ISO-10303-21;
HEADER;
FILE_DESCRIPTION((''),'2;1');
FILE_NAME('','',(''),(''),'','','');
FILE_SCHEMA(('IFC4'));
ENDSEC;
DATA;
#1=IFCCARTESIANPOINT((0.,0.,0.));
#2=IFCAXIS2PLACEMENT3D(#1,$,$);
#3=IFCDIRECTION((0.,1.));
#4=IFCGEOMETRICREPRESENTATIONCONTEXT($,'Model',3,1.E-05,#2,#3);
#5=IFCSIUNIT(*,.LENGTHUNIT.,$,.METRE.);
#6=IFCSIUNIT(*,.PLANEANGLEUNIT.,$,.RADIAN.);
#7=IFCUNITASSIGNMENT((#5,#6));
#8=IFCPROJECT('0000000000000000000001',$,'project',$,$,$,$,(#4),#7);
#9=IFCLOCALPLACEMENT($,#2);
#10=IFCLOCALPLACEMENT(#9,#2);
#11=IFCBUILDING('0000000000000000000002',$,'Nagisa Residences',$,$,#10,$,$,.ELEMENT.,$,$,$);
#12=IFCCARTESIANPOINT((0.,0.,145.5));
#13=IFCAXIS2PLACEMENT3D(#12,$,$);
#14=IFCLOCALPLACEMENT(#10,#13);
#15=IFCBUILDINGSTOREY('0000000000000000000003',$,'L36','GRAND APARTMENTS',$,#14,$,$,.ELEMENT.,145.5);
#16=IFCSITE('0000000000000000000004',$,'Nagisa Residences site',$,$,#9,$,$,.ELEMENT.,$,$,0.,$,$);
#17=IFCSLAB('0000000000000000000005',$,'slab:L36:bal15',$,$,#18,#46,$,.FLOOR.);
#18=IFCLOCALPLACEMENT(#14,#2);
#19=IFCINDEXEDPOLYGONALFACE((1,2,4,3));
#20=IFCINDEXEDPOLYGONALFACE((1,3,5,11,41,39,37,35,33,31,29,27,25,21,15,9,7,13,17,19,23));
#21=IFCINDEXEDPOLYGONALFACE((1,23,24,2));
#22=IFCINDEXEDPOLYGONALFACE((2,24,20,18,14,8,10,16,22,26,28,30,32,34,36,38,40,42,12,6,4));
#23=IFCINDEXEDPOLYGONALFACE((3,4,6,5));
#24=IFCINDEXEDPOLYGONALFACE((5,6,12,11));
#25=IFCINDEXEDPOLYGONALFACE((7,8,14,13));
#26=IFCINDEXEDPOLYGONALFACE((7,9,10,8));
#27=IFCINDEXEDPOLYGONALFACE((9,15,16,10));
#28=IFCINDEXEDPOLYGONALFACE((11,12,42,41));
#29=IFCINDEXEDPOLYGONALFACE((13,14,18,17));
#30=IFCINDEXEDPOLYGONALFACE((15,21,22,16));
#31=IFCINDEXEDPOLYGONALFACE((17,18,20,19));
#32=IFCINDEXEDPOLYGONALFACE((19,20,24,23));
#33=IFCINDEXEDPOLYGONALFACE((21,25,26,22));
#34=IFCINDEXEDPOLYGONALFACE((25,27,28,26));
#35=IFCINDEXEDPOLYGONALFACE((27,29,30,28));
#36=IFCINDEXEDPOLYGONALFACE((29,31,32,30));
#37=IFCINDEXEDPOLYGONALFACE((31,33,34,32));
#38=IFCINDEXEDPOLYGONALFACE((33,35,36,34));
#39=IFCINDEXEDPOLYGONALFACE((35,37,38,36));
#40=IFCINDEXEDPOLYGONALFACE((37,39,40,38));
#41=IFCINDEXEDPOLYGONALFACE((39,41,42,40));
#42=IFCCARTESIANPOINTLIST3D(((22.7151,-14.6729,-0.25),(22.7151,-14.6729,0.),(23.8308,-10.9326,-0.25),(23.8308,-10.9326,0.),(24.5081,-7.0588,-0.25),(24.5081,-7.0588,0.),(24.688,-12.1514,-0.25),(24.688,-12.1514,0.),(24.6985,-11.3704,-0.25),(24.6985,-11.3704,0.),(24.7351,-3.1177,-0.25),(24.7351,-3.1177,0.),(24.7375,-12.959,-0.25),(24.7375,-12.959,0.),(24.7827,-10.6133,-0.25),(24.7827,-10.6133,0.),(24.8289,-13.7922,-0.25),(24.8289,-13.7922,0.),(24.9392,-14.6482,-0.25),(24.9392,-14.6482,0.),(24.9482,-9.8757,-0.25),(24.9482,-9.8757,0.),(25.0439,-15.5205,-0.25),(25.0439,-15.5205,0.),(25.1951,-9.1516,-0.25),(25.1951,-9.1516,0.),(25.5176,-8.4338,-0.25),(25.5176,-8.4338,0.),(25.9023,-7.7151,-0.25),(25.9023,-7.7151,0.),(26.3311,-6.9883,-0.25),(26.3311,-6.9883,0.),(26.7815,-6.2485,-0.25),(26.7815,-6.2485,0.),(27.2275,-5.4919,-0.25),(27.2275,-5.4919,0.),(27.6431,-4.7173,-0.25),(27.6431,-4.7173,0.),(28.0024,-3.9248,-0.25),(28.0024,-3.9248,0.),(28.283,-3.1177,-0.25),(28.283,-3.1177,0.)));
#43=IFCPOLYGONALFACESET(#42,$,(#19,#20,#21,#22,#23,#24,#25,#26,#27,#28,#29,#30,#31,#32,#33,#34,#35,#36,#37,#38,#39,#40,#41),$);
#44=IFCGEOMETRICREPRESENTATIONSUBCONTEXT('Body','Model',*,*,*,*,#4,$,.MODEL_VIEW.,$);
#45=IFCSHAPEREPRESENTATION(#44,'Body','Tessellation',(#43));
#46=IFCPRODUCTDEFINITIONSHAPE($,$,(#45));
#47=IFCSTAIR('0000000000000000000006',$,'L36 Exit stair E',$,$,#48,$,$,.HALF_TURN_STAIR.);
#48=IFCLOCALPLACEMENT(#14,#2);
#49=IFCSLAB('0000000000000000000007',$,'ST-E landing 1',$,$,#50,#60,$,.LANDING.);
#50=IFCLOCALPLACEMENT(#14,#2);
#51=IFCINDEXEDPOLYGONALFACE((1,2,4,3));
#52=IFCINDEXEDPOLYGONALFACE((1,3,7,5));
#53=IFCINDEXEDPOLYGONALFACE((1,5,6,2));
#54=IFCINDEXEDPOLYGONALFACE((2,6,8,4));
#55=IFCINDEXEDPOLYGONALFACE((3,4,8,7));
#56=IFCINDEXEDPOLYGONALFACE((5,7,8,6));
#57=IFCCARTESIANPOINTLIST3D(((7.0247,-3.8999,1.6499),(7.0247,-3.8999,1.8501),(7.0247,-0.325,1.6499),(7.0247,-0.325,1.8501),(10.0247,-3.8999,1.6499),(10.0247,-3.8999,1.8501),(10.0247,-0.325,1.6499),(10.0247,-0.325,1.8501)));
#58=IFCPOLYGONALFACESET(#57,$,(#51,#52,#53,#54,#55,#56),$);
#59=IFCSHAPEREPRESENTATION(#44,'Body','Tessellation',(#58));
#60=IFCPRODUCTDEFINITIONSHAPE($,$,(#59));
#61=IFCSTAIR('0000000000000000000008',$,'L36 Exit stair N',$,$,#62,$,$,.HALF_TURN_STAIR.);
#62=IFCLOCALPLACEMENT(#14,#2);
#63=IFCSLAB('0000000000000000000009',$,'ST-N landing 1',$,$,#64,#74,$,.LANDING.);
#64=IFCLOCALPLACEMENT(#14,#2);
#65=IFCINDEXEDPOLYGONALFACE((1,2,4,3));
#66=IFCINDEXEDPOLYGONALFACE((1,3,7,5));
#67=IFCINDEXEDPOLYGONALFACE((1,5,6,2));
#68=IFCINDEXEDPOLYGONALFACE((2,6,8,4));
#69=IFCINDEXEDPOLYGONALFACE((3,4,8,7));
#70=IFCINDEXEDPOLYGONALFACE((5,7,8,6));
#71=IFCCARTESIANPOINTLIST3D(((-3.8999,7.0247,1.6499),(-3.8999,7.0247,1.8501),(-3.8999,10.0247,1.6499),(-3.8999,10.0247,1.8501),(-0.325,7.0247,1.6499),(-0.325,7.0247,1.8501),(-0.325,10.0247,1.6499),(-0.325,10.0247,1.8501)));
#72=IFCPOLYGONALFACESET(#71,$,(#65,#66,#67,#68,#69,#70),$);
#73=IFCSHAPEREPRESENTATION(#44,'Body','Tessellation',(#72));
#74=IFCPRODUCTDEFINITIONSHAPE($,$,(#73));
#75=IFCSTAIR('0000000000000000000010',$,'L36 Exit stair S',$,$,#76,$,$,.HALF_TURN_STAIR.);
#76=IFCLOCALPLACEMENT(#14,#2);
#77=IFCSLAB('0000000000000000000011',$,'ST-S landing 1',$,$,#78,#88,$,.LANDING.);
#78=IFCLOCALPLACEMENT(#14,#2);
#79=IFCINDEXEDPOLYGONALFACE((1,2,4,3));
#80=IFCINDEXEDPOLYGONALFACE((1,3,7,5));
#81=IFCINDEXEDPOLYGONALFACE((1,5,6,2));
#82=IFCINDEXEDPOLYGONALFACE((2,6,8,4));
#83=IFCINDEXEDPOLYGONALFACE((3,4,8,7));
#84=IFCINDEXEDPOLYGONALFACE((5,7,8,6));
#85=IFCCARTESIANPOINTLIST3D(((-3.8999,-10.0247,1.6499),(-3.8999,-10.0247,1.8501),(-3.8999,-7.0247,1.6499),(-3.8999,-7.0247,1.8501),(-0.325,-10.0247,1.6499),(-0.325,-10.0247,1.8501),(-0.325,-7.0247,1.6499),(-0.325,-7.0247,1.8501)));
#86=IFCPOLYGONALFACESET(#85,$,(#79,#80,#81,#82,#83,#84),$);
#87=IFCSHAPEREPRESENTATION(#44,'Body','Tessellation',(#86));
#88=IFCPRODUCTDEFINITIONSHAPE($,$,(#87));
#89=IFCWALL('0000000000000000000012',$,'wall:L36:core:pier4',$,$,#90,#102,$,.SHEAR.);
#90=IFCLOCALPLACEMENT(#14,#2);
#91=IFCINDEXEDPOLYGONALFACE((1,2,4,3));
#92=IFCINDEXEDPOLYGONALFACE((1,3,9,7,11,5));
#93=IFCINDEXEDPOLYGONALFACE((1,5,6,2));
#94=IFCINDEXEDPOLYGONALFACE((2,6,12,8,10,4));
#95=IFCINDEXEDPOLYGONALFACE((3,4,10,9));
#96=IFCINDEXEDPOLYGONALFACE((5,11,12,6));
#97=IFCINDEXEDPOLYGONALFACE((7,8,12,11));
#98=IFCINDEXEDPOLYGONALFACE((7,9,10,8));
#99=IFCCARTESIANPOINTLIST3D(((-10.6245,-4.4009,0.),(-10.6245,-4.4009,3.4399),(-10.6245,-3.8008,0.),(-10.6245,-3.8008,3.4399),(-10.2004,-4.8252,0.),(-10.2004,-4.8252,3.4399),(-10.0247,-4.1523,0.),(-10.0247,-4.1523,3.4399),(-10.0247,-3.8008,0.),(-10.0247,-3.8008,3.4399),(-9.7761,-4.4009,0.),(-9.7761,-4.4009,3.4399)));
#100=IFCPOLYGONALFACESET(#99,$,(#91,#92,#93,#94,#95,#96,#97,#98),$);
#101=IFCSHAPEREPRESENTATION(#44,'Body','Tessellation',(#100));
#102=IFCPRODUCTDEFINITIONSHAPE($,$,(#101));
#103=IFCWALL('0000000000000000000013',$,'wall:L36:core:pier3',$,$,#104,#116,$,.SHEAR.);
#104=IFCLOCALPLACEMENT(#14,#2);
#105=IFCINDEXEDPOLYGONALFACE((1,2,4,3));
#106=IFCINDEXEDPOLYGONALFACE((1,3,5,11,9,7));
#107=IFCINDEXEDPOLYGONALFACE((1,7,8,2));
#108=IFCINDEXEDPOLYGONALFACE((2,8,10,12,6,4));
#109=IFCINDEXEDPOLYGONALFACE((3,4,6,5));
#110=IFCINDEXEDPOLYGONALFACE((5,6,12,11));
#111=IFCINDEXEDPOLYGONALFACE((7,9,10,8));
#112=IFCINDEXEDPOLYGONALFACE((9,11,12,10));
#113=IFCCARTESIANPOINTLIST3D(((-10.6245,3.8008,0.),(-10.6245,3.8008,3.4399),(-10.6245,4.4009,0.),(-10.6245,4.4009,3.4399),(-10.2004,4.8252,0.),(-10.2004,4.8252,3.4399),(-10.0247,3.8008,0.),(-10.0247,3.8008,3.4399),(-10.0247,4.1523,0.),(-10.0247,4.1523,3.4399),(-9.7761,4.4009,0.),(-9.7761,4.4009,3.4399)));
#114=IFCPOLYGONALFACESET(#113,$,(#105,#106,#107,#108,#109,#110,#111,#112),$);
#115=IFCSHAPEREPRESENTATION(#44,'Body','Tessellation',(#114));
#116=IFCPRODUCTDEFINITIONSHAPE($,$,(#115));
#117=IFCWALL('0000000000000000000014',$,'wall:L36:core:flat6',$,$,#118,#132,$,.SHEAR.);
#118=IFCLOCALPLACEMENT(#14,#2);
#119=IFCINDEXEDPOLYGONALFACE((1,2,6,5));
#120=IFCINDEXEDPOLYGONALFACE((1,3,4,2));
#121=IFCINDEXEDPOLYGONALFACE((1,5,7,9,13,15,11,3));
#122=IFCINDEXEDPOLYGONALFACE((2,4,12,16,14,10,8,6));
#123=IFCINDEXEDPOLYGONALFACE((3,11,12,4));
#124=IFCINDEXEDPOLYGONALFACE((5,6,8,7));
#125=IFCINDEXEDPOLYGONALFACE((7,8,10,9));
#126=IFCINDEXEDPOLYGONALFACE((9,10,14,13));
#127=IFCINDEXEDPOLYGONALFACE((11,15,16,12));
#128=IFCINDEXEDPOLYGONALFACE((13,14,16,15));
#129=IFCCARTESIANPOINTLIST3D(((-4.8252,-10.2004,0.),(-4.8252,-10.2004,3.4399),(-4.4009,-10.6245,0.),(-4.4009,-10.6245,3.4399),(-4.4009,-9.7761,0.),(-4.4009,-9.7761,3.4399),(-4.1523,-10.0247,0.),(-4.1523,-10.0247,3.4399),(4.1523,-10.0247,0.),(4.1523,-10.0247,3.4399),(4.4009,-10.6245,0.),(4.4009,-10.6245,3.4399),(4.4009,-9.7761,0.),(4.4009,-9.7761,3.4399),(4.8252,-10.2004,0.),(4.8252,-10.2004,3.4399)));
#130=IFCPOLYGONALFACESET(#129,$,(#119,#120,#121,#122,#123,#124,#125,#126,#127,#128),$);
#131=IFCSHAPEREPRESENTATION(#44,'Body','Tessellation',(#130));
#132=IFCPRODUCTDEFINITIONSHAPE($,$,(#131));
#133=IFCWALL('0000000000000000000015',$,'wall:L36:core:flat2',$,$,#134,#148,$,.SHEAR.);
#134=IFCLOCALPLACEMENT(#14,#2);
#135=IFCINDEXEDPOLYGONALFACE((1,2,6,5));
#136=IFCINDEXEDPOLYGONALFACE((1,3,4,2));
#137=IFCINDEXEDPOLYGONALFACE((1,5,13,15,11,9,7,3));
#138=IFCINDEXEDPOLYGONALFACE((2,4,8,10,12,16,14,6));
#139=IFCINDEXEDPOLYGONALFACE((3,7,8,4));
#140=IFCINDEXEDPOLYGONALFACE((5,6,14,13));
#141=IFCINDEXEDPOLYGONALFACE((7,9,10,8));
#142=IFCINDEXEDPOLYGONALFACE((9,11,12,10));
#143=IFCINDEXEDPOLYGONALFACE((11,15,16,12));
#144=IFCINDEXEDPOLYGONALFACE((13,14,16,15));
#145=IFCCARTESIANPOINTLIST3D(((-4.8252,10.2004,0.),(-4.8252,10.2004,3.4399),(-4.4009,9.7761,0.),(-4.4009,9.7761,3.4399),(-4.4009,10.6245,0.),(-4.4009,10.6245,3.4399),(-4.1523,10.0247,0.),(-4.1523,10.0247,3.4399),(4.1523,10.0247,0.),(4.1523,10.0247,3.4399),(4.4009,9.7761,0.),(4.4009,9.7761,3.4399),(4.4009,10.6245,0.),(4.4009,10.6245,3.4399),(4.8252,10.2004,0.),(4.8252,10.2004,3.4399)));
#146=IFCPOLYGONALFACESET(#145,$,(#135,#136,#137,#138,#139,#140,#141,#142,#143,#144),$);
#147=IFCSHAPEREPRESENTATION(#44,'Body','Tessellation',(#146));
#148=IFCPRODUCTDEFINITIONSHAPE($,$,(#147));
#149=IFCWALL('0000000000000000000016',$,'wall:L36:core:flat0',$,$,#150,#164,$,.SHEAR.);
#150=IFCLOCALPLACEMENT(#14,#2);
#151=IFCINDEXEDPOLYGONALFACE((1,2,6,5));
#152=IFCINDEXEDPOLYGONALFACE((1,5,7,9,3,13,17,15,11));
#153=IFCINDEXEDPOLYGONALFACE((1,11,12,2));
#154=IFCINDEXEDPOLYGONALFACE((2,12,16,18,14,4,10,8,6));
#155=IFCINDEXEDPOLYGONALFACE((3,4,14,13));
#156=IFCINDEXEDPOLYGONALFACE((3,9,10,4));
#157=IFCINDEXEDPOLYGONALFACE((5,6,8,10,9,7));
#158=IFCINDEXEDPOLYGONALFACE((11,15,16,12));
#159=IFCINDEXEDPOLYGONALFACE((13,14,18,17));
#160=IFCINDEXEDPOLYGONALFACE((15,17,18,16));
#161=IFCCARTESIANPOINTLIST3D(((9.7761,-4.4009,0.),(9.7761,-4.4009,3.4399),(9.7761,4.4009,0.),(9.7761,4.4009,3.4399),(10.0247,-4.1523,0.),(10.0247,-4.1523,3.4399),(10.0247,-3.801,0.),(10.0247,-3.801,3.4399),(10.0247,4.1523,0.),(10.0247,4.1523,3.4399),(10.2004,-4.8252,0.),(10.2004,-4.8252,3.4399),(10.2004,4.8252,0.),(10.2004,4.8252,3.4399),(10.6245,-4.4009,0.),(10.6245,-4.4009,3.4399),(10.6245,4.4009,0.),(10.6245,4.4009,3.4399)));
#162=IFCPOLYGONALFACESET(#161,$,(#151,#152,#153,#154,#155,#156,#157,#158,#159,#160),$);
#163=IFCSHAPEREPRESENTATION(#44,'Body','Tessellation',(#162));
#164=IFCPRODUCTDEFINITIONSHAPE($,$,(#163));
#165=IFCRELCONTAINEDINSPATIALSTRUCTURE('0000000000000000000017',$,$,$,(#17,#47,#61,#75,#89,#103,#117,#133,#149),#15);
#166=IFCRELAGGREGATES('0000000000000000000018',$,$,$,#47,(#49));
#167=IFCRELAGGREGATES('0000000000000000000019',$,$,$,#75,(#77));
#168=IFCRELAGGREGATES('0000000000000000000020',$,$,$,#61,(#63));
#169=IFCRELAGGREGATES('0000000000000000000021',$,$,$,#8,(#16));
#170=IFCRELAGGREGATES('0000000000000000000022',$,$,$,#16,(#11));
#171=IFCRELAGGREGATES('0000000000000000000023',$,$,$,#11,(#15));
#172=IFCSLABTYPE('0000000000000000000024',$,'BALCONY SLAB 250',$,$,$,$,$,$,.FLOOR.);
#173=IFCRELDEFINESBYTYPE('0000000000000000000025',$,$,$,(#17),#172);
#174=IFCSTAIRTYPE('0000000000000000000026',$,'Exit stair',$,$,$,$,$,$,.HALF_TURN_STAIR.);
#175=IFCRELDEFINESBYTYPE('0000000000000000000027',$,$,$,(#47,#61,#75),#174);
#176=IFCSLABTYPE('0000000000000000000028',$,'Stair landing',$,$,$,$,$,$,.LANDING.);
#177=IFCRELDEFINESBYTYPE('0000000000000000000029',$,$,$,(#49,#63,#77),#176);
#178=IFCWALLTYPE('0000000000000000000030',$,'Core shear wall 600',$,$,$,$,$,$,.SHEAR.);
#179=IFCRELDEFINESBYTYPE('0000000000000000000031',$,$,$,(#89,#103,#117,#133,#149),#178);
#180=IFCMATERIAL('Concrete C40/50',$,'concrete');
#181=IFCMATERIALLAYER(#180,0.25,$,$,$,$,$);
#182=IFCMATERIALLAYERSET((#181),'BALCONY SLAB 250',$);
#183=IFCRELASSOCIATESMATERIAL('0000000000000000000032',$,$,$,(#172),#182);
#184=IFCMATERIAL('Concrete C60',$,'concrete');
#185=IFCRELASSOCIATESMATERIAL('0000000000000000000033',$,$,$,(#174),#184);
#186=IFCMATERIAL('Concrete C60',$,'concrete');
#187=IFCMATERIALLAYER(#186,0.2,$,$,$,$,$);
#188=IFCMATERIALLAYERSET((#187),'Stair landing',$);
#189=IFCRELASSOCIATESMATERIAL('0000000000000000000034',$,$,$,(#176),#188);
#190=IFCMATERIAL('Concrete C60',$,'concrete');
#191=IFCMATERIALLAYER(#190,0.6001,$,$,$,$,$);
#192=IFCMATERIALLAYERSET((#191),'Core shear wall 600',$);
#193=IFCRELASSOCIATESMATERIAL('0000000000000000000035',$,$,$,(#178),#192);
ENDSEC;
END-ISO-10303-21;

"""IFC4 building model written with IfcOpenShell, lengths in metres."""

from ifc_helpers import new_model, si_unit, direction, frame, origin, place, context, subcontext, project, spatial, polyline, outline, extrude, material, layer, layer_set, type_object, element, aggregate, save


model = new_model("IFC4")

# Units and contexts
model_context = context("Model", 3, precision=1e-05, world=origin(), true_north=direction((0.0, 1.0)))
body_context = subcontext(model_context, "Body", "Model", "MODEL_VIEW")
ifc_project = project(units=[si_unit("LENGTHUNIT", "METRE"), si_unit("PLANEANGLEUNIT", "RADIAN")], contexts=[model_context])

# Site, building, storey
site_placement = place(None, origin())
site = spatial("IfcSite", under=ifc_project, at=site_placement, Name="Nagisa Residences site", CompositionType="ELEMENT", RefElevation=0.0)
building_placement = place(site_placement, origin())
building = spatial("IfcBuilding", under=site, at=building_placement, Name="Nagisa Residences", CompositionType="ELEMENT")
storey_placement = place(building_placement, frame((0.0, 0.0, 145.5)))
storey = spatial("IfcBuildingStorey", under=building, at=storey_placement, Name="L36", Description="GRAND APARTMENTS", CompositionType="ELEMENT", Elevation=145.5)

# Slab
ifc_material_1 = material(Name="Concrete C40/50", Category="concrete")
ifc_layer_1 = layer(ifc_material_1, 0.25)
ifc_layer_set_1 = layer_set([ifc_layer_1], Name="BALCONY SLAB 250")
slab_type_1 = type_object("IfcSlabType", Name="BALCONY SLAB 250", PredefinedType="FLOOR", material=ifc_layer_set_1)
slab_1_placement = place(storey_placement, frame((0.0, 0.0, -0.25)))
element("IfcSlab", 1, at=slab_1_placement, inside=storey, type_object=slab_type_1, Name="slab:L36:bal15", PredefinedType="FLOOR", context=body_context, shape_type="SweptSolid", body=[
    extrude(outline(polyline([(25.0439, -15.5205), (24.9392, -14.6482), (24.8289, -13.7922), (24.7375, -12.959), (24.688, -12.1514), (24.6985, -11.3704), (24.7827, -10.6133), (24.9482, -9.8757), (25.1951, -9.1516), (25.5176, -8.4338), (25.9023, -7.7151), (26.3311, -6.9883), (26.7815, -6.2485), (27.2275, -5.4919), (27.6431, -4.7173), (28.0024, -3.9248), (28.283, -3.1177), (24.7351, -3.1177), (24.5081, -7.0588), (23.8308, -10.9326), (22.7151, -14.6729), (25.0439, -15.5205)])), origin(), (0.0, 0.0, 1.0), 0.25),
])

# Stairs, slabs
ifc_material_2 = material(Name="Concrete C60", Category="concrete")
stair_type = type_object("IfcStairType", Name="Exit stair", PredefinedType="HALF_TURN_STAIR", material=ifc_material_2)
stair_1_placement = place(storey_placement, origin())
stair_1 = element("IfcStair", 2, at=stair_1_placement, inside=storey, type_object=stair_type, Name="L36 Exit stair E", PredefinedType="HALF_TURN_STAIR")
ifc_material_3 = material(Name="Concrete C60", Category="concrete")
ifc_layer_2 = layer(ifc_material_3, 0.2)
ifc_layer_set_2 = layer_set([ifc_layer_2], Name="Stair landing")
slab_type_2 = type_object("IfcSlabType", Name="Stair landing", PredefinedType="LANDING", material=ifc_layer_set_2)
slab_2_placement = place(storey_placement, frame((0.0, 0.0, 1.6499)))
slab_2 = element("IfcSlab", 3, at=slab_2_placement, type_object=slab_type_2, Name="ST-E landing 1", PredefinedType="LANDING", context=body_context, shape_type="SweptSolid", body=[
    extrude(outline(polyline([(7.0247, -0.325), (7.0247, -3.8999), (10.0247, -3.8999), (10.0247, -0.325), (7.0247, -0.325)])), origin(), (0.0, 0.0, 1.0), 0.2002),
])
aggregate(stair_1, [slab_2])
stair_2_placement = place(storey_placement, origin())
stair_2 = element("IfcStair", 4, at=stair_2_placement, inside=storey, type_object=stair_type, Name="L36 Exit stair N", PredefinedType="HALF_TURN_STAIR")
slab_3_placement = place(storey_placement, frame((0.0, 0.0, 1.6499)))
slab_3 = element("IfcSlab", 5, at=slab_3_placement, type_object=slab_type_2, Name="ST-N landing 1", PredefinedType="LANDING", context=body_context, shape_type="SweptSolid", body=[
    extrude(outline(polyline([(-0.325, 10.0247), (-3.8999, 10.0247), (-3.8999, 7.0247), (-0.325, 7.0247), (-0.325, 10.0247)])), origin(), (0.0, 0.0, 1.0), 0.2002),
])
stair_3_placement = place(storey_placement, origin())
stair_3 = element("IfcStair", 6, at=stair_3_placement, inside=storey, type_object=stair_type, Name="L36 Exit stair S", PredefinedType="HALF_TURN_STAIR")
slab_4_placement = place(storey_placement, frame((0.0, 0.0, 1.6499)))
slab_4 = element("IfcSlab", 7, at=slab_4_placement, type_object=slab_type_2, Name="ST-S landing 1", PredefinedType="LANDING", context=body_context, shape_type="SweptSolid", body=[
    extrude(outline(polyline([(-0.325, -7.0247), (-3.8999, -7.0247), (-3.8999, -10.0247), (-0.325, -10.0247), (-0.325, -7.0247)])), origin(), (0.0, 0.0, 1.0), 0.2002),
])
aggregate(stair_3, [slab_4])

# Walls
ifc_material_4 = material(Name="Concrete C60", Category="concrete")
ifc_layer_3 = layer(ifc_material_4, 0.6001)
ifc_layer_set_3 = layer_set([ifc_layer_3], Name="Core shear wall 600")
wall_type_1 = type_object("IfcWallType", Name="Core shear wall 600", PredefinedType="SHEAR", material=ifc_layer_set_3)
wall_1_placement = place(storey_placement, origin())
element("IfcWall", 8, at=wall_1_placement, inside=storey, type_object=wall_type_1, Name="wall:L36:core:pier4", PredefinedType="SHEAR", context=body_context, shape_type="SweptSolid", body=[
    extrude(outline(polyline([(-10.6245, -3.8008), (-10.0247, -3.8008), (-10.0247, -4.1523), (-9.7761, -4.4009), (-10.2004, -4.8252), (-10.6245, -4.4009), (-10.6245, -3.8008)])), origin(), (0.0, 0.0, 1.0), 3.4399),
])
wall_2_placement = place(storey_placement, origin())
element("IfcWall", 9, at=wall_2_placement, inside=storey, type_object=wall_type_1, Name="wall:L36:core:pier3", PredefinedType="SHEAR", context=body_context, shape_type="SweptSolid", body=[
    extrude(outline(polyline([(-10.2004, 4.8252), (-9.7761, 4.4009), (-10.0247, 4.1523), (-10.0247, 3.8008), (-10.6245, 3.8008), (-10.6245, 4.4009), (-10.2004, 4.8252)])), origin(), (0.0, 0.0, 1.0), 3.4399),
])
wall_3_placement = place(storey_placement, origin())
element("IfcWall", 10, at=wall_3_placement, inside=storey, type_object=wall_type_1, Name="wall:L36:core:flat6", PredefinedType="SHEAR", context=body_context, shape_type="SweptSolid", body=[
    extrude(outline(polyline([(-4.1523, -10.0247), (4.1523, -10.0247), (4.4009, -9.7761), (4.8252, -10.2004), (4.4009, -10.6245), (-4.4009, -10.6245), (-4.8252, -10.2004), (-4.4009, -9.7761), (-4.1523, -10.0247)])), origin(), (0.0, 0.0, 1.0), 3.4399),
])
wall_4_placement = place(storey_placement, origin())
element("IfcWall", 11, at=wall_4_placement, inside=storey, type_object=wall_type_1, Name="wall:L36:core:flat2", PredefinedType="SHEAR", context=body_context, shape_type="SweptSolid", body=[
    extrude(outline(polyline([(-4.1523, 10.0247), (-4.4009, 9.7761), (-4.8252, 10.2004), (-4.4009, 10.6245), (4.4009, 10.6245), (4.8252, 10.2004), (4.4009, 9.7761), (4.1523, 10.0247), (-4.1523, 10.0247)])), origin(), (0.0, 0.0, 1.0), 3.4399),
])
wall_5_placement = place(storey_placement, origin())
element("IfcWall", 12, at=wall_5_placement, inside=storey, type_object=wall_type_1, Name="wall:L36:core:flat0", PredefinedType="SHEAR", context=body_context, shape_type="SweptSolid", body=[
    extrude(outline(polyline([(9.7761, -4.4009), (10.0247, -4.1523), (10.0247, -3.801), (10.0247, 4.1523), (9.7761, 4.4009), (10.2004, 4.8252), (10.6245, 4.4009), (10.6245, -4.4009), (10.2004, -4.8252), (9.7761, -4.4009)])), origin(), (0.0, 0.0, 1.0), 3.4399),
])

aggregate(stair_2, [slab_3])

save(model, "model.ifc")
